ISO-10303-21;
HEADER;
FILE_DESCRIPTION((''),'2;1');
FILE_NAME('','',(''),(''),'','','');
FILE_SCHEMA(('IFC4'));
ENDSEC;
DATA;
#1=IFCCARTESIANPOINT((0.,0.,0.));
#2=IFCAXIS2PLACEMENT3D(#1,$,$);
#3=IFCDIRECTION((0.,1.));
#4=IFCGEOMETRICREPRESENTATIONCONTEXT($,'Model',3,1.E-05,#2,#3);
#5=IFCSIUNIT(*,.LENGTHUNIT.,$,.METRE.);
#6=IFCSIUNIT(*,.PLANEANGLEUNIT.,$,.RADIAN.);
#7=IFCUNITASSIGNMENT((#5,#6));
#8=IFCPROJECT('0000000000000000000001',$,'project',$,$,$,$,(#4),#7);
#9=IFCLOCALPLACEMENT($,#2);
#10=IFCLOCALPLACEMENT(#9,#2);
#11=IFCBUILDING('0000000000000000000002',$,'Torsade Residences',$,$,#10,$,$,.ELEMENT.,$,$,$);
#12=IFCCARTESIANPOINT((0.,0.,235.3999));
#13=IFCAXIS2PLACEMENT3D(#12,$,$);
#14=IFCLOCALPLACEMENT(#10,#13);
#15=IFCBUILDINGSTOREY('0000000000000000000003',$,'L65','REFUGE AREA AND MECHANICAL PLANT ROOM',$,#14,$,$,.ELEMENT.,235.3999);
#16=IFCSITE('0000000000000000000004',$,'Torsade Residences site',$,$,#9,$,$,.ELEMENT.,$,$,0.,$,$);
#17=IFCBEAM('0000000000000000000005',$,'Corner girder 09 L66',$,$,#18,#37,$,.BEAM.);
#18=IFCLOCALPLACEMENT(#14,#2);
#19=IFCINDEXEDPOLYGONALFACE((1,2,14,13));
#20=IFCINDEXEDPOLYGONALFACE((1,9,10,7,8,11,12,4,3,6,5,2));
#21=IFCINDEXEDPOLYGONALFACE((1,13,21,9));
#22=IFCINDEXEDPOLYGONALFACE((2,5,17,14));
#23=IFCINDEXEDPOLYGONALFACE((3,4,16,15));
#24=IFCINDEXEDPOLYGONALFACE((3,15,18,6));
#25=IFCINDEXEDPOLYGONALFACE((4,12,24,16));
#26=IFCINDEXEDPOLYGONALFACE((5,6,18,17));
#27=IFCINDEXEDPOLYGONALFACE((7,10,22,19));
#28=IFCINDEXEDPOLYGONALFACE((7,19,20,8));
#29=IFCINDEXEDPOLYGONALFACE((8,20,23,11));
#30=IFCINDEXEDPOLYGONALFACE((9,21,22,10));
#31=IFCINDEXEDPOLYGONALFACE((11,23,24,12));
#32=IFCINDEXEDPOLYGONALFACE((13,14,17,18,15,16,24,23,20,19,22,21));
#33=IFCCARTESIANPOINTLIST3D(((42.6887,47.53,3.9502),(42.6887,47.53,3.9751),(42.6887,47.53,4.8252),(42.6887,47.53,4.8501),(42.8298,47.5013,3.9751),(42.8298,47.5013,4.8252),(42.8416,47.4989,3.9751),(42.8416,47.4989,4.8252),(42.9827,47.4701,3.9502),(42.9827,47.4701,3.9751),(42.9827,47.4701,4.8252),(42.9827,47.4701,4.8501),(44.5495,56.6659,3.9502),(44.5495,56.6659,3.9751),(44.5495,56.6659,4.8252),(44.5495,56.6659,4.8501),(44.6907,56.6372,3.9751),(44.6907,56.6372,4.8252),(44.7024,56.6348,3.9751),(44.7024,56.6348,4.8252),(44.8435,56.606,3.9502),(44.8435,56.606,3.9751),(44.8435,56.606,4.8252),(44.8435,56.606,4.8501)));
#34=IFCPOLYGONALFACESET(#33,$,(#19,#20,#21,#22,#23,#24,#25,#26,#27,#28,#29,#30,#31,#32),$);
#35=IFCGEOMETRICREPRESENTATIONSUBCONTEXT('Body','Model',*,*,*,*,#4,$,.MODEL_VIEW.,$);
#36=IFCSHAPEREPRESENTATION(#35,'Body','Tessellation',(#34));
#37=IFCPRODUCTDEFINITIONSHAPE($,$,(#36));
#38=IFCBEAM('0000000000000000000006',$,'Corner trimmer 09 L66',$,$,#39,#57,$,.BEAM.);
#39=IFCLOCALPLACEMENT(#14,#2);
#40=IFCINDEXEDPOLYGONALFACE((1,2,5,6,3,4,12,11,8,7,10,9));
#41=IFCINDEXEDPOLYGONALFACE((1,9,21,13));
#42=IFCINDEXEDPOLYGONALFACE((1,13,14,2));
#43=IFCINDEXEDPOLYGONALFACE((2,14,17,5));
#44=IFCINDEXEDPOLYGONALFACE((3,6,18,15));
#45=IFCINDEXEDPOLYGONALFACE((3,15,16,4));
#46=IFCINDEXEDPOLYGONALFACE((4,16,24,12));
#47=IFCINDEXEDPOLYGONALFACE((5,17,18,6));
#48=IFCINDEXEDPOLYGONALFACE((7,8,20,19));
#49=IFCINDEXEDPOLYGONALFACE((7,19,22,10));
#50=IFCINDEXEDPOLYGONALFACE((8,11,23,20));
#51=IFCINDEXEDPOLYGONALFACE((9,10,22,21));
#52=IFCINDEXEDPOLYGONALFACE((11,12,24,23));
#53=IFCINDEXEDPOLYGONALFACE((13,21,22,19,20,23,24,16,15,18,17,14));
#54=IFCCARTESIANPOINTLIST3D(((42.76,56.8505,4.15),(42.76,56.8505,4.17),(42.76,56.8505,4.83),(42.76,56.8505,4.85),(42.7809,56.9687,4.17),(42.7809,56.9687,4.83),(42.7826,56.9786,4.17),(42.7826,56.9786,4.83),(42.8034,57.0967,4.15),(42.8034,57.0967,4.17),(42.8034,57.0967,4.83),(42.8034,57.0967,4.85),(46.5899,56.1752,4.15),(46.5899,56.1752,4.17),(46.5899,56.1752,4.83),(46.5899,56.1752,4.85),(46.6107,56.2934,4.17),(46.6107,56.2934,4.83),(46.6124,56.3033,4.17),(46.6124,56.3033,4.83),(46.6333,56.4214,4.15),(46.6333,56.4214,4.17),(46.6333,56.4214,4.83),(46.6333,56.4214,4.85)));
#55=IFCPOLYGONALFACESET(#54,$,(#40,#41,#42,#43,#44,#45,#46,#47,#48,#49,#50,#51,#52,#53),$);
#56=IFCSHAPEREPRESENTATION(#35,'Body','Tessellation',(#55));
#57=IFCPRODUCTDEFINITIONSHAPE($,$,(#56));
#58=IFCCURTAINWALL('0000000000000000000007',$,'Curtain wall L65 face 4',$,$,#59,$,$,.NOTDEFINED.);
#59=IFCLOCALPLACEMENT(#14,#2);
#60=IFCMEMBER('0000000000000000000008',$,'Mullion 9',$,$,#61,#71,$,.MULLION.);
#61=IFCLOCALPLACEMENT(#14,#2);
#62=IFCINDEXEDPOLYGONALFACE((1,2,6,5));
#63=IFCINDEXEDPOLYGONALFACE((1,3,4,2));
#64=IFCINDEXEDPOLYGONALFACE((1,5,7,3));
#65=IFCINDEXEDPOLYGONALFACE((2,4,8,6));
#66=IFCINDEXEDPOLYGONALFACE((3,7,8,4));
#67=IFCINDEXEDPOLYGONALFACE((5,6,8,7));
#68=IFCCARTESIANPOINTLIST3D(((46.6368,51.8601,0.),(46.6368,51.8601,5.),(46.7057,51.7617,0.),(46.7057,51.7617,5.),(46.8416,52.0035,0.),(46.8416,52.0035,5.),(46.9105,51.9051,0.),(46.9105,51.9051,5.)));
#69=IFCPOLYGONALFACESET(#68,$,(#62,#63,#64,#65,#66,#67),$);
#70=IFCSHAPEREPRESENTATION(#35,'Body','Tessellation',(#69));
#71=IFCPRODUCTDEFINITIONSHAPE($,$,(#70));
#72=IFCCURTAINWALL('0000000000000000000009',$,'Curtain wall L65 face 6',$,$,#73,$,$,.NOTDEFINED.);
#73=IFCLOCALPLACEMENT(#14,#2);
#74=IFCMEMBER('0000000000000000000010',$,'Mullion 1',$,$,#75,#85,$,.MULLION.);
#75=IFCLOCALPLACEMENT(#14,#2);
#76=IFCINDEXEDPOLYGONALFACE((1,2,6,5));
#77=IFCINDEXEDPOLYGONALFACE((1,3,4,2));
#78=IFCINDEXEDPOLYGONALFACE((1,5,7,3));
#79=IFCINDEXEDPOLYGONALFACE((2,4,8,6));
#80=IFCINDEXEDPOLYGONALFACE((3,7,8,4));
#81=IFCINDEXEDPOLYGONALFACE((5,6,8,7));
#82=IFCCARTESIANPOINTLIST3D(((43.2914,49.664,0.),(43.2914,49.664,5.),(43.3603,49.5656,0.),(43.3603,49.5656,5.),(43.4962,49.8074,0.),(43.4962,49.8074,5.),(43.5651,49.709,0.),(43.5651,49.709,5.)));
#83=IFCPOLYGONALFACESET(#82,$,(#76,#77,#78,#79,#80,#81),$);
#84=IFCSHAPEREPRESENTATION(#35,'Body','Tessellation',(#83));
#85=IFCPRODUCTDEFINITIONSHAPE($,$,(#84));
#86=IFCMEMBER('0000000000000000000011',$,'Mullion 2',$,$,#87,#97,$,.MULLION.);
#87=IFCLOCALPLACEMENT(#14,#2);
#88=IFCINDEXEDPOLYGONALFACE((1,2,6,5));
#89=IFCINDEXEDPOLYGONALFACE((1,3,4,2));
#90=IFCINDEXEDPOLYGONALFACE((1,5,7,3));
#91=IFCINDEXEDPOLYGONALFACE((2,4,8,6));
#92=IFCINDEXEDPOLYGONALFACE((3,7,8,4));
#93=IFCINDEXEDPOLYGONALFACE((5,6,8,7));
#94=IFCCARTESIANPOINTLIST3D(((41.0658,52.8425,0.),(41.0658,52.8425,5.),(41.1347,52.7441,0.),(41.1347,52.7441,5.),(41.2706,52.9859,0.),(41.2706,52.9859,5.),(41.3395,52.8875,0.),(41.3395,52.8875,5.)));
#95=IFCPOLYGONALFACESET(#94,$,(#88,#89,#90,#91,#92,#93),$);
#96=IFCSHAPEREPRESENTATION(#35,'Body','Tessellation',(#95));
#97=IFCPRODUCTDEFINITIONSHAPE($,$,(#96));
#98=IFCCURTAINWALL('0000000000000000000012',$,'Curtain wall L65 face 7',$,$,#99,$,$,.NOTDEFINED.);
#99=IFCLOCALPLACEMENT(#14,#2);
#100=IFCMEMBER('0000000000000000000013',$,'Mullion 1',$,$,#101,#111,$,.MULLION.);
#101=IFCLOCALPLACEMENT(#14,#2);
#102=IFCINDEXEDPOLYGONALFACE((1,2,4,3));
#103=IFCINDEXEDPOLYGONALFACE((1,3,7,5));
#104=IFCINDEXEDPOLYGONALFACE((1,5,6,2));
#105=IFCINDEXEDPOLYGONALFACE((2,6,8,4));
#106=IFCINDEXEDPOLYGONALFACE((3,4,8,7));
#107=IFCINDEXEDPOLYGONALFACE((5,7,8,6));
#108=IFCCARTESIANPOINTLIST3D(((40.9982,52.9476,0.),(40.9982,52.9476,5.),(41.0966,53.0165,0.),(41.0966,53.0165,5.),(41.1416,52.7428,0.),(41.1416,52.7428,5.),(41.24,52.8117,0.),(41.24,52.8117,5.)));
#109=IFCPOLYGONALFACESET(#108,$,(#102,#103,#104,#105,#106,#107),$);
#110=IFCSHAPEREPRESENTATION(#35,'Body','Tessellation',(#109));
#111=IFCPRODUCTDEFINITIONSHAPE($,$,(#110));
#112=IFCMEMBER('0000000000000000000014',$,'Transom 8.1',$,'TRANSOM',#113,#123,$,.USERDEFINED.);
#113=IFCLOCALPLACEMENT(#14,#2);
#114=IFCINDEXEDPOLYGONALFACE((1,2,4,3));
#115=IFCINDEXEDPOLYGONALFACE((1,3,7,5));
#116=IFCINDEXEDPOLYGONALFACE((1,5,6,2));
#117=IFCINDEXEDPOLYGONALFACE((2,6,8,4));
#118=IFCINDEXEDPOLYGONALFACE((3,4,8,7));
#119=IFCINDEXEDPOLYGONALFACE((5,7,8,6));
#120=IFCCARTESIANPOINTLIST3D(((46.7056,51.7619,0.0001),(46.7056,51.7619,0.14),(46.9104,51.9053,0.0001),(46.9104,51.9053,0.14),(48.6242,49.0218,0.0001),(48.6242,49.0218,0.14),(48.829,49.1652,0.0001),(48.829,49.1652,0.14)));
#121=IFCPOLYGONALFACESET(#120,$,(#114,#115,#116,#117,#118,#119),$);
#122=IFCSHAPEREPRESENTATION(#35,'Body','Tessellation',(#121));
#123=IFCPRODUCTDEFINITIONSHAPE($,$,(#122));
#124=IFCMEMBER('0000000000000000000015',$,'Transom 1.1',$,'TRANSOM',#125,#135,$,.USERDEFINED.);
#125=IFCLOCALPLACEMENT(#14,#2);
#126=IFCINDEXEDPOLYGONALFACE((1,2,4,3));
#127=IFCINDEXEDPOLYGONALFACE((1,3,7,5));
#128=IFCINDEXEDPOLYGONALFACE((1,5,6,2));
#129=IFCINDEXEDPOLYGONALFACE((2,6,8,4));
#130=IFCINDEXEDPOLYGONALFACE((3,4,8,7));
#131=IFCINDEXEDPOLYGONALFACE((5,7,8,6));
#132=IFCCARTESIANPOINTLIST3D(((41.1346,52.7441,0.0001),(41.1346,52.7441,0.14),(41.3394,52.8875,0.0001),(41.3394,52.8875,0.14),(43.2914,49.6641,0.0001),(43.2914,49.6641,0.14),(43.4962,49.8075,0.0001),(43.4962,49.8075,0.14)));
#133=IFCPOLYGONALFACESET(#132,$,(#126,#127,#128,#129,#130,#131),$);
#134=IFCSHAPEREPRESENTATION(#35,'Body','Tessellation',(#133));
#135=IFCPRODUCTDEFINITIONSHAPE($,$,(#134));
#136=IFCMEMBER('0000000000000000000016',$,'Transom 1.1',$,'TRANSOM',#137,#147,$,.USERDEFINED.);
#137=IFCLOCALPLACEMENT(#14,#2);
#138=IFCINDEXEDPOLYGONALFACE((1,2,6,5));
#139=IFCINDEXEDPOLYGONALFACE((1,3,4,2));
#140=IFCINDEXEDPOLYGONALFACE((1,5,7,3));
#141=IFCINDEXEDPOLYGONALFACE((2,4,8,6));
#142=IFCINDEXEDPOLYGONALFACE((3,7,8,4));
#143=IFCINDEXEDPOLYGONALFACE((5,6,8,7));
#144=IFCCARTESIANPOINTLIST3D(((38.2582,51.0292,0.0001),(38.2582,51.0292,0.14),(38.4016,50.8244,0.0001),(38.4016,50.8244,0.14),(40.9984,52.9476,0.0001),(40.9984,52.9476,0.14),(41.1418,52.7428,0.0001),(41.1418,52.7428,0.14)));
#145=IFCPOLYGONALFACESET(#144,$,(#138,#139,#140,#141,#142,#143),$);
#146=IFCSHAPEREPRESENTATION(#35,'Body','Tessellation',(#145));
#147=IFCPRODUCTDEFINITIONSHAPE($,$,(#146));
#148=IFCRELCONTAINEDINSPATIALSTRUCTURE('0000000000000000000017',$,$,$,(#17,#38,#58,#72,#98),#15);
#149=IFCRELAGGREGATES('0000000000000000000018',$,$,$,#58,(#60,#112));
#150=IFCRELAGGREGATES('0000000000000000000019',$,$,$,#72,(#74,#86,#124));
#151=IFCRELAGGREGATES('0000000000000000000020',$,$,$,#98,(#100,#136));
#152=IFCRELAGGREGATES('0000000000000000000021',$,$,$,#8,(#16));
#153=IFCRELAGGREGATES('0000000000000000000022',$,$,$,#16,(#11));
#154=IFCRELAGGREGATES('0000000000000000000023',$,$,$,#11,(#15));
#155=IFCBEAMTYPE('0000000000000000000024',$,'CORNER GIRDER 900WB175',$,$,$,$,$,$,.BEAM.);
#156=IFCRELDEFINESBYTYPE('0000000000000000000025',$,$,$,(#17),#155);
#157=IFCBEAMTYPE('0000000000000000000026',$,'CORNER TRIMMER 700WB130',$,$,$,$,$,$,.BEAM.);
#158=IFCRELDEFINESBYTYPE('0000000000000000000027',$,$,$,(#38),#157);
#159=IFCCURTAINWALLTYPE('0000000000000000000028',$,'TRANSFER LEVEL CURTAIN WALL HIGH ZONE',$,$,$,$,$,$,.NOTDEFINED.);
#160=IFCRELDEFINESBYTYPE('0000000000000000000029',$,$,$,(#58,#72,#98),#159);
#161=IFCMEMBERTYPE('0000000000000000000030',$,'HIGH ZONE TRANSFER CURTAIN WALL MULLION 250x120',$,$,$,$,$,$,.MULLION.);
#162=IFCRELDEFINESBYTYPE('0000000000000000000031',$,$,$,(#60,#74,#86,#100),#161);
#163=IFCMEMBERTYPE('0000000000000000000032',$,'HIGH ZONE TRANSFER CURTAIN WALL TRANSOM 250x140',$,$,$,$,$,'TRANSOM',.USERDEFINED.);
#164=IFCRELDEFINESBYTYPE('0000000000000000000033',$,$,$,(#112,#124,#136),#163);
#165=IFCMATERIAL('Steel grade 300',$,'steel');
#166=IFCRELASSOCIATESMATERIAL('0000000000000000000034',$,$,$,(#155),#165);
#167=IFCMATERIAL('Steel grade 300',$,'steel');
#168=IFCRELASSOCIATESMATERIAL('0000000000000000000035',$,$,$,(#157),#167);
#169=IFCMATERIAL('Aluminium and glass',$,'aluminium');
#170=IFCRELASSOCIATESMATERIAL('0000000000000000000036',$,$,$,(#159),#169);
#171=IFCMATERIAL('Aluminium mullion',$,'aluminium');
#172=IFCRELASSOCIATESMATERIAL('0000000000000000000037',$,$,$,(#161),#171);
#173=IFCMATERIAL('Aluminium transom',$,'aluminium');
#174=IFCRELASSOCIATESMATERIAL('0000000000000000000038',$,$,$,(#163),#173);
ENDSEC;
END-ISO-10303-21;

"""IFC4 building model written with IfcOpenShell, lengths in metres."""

from ifc_helpers import new_model, si_unit, direction, frame, origin, origin_2d, place, context, subcontext, project, spatial, rectangle, i_section, extrude, material, material_profile, profile_set, type_object, element, aggregate, save


model = new_model("IFC4")

# Units and contexts
model_context = context("Model", 3, precision=1e-05, world=origin(), true_north=direction((0.0, 1.0)))
body_context = subcontext(model_context, "Body", "Model", "MODEL_VIEW")
ifc_project = project(units=[si_unit("LENGTHUNIT", "METRE"), si_unit("PLANEANGLEUNIT", "RADIAN")], contexts=[model_context])

# Site, building, storey
site_placement = place(None, origin())
site = spatial("IfcSite", under=ifc_project, at=site_placement, Name="Torsade Residences site", CompositionType="ELEMENT", RefElevation=0.0)
building_placement = place(site_placement, origin())
building = spatial("IfcBuilding", under=site, at=building_placement, Name="Torsade Residences", CompositionType="ELEMENT")
storey_placement = place(building_placement, frame((0.0, 0.0, 235.3999)))
storey = spatial("IfcBuildingStorey", under=building, at=storey_placement, Name="L65", Description="REFUGE AREA AND MECHANICAL PLANT ROOM", CompositionType="ELEMENT", Elevation=235.3999)

# Beams
ifc_material_1 = material(Name="Steel grade 300", Category="steel")
ifc_material_profile_1 = material_profile(ifc_material_1, i_section(OverallWidth=0.3, OverallDepth=0.8999, WebThickness=0.012, FlangeThickness=0.0249, at=origin_2d()), Name="900WB175")
ifc_profile_set_1 = profile_set([ifc_material_profile_1], Name="Steel grade 300")
beam_type_1 = type_object("IfcBeamType", Name="CORNER GIRDER 900WB175", PredefinedType="BEAM", material=ifc_profile_set_1)
beam_1_placement = place(storey_placement, frame((44.6965, 56.636, 4.4001), z_axis=(-0.199584, -0.979881, 0.0), x_axis=(0.979881, -0.199584, 0.0)))
element("IfcBeam", 1, at=beam_1_placement, inside=storey, type_object=beam_type_1, Name="Corner girder 09 L66", PredefinedType="BEAM", context=body_context, shape_type="SweptSolid", body=[
    extrude(i_section(OverallWidth=0.3, OverallDepth=0.8999, WebThickness=0.012, FlangeThickness=0.0249, at=origin_2d()), origin(), (0.0, 0.0, 1.0), 9.3235),
])
ifc_material_2 = material(Name="Steel grade 300", Category="steel")
ifc_material_profile_2 = material_profile(ifc_material_2, i_section(OverallWidth=0.25, OverallDepth=0.7, WebThickness=0.01, FlangeThickness=0.02, at=origin_2d()), Name="700WB130")
ifc_profile_set_2 = profile_set([ifc_material_profile_2], Name="Steel grade 300")
beam_type_2 = type_object("IfcBeamType", Name="CORNER TRIMMER 700WB130", PredefinedType="BEAM", material=ifc_profile_set_2)
beam_2_placement = place(storey_placement, frame((42.7817, 56.9736, 4.5), z_axis=(0.984808, -0.173646, 0.0), x_axis=(0.173646, 0.984808, 0.0)))
element("IfcBeam", 2, at=beam_2_placement, inside=storey, type_object=beam_type_2, Name="Corner trimmer 09 L66", PredefinedType="BEAM", context=body_context, shape_type="SweptSolid", body=[
    extrude(i_section(OverallWidth=0.25, OverallDepth=0.7, WebThickness=0.01, FlangeThickness=0.02, at=origin_2d()), origin(), (0.0, 0.0, 1.0), 3.8889),
])

# Curtain wall, member
ifc_material_3 = material(Name="Aluminium and glass", Category="aluminium")
curtain_wall_type = type_object("IfcCurtainWallType", Name="TRANSFER LEVEL CURTAIN WALL HIGH ZONE", PredefinedType="NOTDEFINED", material=ifc_material_3)
curtain_wall_1_placement = place(storey_placement, origin())
curtain_wall_1 = element("IfcCurtainWall", 3, at=curtain_wall_1_placement, inside=storey, type_object=curtain_wall_type, Name="Curtain wall L65 face 4", PredefinedType="NOTDEFINED")
ifc_material_4 = material(Name="Aluminium mullion", Category="aluminium")
ifc_material_profile_3 = material_profile(ifc_material_4, rectangle(XDim=0.25, YDim=0.1201, at=origin_2d()), Name="HIGH ZONE TRANSFER CURTAIN WALL MULLION 250x120")
ifc_profile_set_3 = profile_set([ifc_material_profile_3], Name="Aluminium mullion")
member_type_1 = type_object("IfcMemberType", Name="HIGH ZONE TRANSFER CURTAIN WALL MULLION 250x120", PredefinedType="MULLION", material=ifc_profile_set_3)
member_1_placement = place(storey_placement, frame((46.7737, 51.8826, 0.0), z_axis=(0.0, 0.0, 1.0), x_axis=(-0.819152, -0.573576, 0.0)))
member_1 = element("IfcMember", 4, at=member_1_placement, type_object=member_type_1, Name="Mullion 9", PredefinedType="MULLION", context=body_context, shape_type="SweptSolid", body=[
    extrude(rectangle(XDim=0.25, YDim=0.1201, at=origin_2d()), origin(), (0.0, 0.0, 1.0), 5.0),
])

# Curtain wall, members
curtain_wall_2_placement = place(storey_placement, origin())
curtain_wall_2 = element("IfcCurtainWall", 5, at=curtain_wall_2_placement, inside=storey, type_object=curtain_wall_type, Name="Curtain wall L65 face 6", PredefinedType="NOTDEFINED")
member_2_placement = place(storey_placement, frame((43.4282, 49.6865, 0.0), z_axis=(0.0, 0.0, 1.0), x_axis=(-0.819152, -0.573576, 0.0)))
member_2 = element("IfcMember", 6, at=member_2_placement, type_object=member_type_1, Name="Mullion 1", PredefinedType="MULLION", context=body_context, shape_type="SweptSolid", body=[
    extrude(rectangle(XDim=0.25, YDim=0.1201, at=origin_2d()), origin(), (0.0, 0.0, 1.0), 5.0),
])
member_3_placement = place(storey_placement, frame((41.2026, 52.865, 0.0), z_axis=(0.0, 0.0, 1.0), x_axis=(-0.819152, -0.573576, 0.0)))
member_3 = element("IfcMember", 7, at=member_3_placement, type_object=member_type_1, Name="Mullion 2", PredefinedType="MULLION", context=body_context, shape_type="SweptSolid", body=[
    extrude(rectangle(XDim=0.25, YDim=0.1201, at=origin_2d()), origin(), (0.0, 0.0, 1.0), 5.0),
])

# Curtain wall, member
curtain_wall_3_placement = place(storey_placement, origin())
curtain_wall_3 = element("IfcCurtainWall", 8, at=curtain_wall_3_placement, inside=storey, type_object=curtain_wall_type, Name="Curtain wall L65 face 7", PredefinedType="NOTDEFINED")
member_4_placement = place(storey_placement, frame((41.1191, 52.8796, 0.0), z_axis=(0.0, 0.0, 1.0), x_axis=(0.573576, -0.819152, 0.0)))
member_4 = element("IfcMember", 9, at=member_4_placement, type_object=member_type_1, Name="Mullion 1", PredefinedType="MULLION", context=body_context, shape_type="SweptSolid", body=[
    extrude(rectangle(XDim=0.25, YDim=0.1201, at=origin_2d()), origin(), (0.0, 0.0, 1.0), 5.0),
])

# Members
ifc_material_5 = material(Name="Aluminium transom", Category="aluminium")
ifc_material_profile_4 = material_profile(ifc_material_5, rectangle(XDim=0.25, YDim=0.1399, at=origin_2d()), Name="HIGH ZONE TRANSFER CURTAIN WALL TRANSOM 250x140")
ifc_profile_set_4 = profile_set([ifc_material_profile_4], Name="Aluminium transom")
member_type_2 = type_object("IfcMemberType", Name="HIGH ZONE TRANSFER CURTAIN WALL TRANSOM 250x140", ElementType="TRANSOM", PredefinedType="USERDEFINED", material=ifc_profile_set_4)
member_5_placement = place(storey_placement, frame((48.7266, 49.0935, 0.0701), z_axis=(-0.573555, 0.819167, 0.0), x_axis=(-0.819167, -0.573555, 0.0)))
member_5 = element("IfcMember", 10, at=member_5_placement, type_object=member_type_2, Name="Transom 8.1", ObjectType="TRANSOM", PredefinedType="USERDEFINED", context=body_context, shape_type="SweptSolid", body=[
    extrude(rectangle(XDim=0.25, YDim=0.1399, at=origin_2d()), origin(), (0.0, 0.0, 1.0), 3.345),
])
member_6_placement = place(storey_placement, frame((43.3938, 49.7358, 0.0701), z_axis=(-0.573615, 0.819125, 0.0), x_axis=(-0.819125, -0.573615, 0.0)))
member_6 = element("IfcMember", 11, at=member_6_placement, type_object=member_type_2, Name="Transom 1.1", ObjectType="TRANSOM", PredefinedType="USERDEFINED", context=body_context, shape_type="SweptSolid", body=[
    extrude(rectangle(XDim=0.25, YDim=0.1399, at=origin_2d()), origin(), (0.0, 0.0, 1.0), 3.76),
])
member_7_placement = place(storey_placement, frame((41.0701, 52.8452, 0.0701), z_axis=(-0.819191, -0.573521, 0.0), x_axis=(0.573521, -0.819191, 0.0)))
member_7 = element("IfcMember", 12, at=member_7_placement, type_object=member_type_2, Name="Transom 1.1", ObjectType="TRANSOM", PredefinedType="USERDEFINED", context=body_context, shape_type="SweptSolid", body=[
    extrude(rectangle(XDim=0.25, YDim=0.1399, at=origin_2d()), origin(), (0.0, 0.0, 1.0), 3.345),
])

aggregate(curtain_wall_1, [member_1, member_5])
aggregate(curtain_wall_2, [member_2, member_3, member_6])
aggregate(curtain_wall_3, [member_4, member_7])

save(model, "model.ifc")
